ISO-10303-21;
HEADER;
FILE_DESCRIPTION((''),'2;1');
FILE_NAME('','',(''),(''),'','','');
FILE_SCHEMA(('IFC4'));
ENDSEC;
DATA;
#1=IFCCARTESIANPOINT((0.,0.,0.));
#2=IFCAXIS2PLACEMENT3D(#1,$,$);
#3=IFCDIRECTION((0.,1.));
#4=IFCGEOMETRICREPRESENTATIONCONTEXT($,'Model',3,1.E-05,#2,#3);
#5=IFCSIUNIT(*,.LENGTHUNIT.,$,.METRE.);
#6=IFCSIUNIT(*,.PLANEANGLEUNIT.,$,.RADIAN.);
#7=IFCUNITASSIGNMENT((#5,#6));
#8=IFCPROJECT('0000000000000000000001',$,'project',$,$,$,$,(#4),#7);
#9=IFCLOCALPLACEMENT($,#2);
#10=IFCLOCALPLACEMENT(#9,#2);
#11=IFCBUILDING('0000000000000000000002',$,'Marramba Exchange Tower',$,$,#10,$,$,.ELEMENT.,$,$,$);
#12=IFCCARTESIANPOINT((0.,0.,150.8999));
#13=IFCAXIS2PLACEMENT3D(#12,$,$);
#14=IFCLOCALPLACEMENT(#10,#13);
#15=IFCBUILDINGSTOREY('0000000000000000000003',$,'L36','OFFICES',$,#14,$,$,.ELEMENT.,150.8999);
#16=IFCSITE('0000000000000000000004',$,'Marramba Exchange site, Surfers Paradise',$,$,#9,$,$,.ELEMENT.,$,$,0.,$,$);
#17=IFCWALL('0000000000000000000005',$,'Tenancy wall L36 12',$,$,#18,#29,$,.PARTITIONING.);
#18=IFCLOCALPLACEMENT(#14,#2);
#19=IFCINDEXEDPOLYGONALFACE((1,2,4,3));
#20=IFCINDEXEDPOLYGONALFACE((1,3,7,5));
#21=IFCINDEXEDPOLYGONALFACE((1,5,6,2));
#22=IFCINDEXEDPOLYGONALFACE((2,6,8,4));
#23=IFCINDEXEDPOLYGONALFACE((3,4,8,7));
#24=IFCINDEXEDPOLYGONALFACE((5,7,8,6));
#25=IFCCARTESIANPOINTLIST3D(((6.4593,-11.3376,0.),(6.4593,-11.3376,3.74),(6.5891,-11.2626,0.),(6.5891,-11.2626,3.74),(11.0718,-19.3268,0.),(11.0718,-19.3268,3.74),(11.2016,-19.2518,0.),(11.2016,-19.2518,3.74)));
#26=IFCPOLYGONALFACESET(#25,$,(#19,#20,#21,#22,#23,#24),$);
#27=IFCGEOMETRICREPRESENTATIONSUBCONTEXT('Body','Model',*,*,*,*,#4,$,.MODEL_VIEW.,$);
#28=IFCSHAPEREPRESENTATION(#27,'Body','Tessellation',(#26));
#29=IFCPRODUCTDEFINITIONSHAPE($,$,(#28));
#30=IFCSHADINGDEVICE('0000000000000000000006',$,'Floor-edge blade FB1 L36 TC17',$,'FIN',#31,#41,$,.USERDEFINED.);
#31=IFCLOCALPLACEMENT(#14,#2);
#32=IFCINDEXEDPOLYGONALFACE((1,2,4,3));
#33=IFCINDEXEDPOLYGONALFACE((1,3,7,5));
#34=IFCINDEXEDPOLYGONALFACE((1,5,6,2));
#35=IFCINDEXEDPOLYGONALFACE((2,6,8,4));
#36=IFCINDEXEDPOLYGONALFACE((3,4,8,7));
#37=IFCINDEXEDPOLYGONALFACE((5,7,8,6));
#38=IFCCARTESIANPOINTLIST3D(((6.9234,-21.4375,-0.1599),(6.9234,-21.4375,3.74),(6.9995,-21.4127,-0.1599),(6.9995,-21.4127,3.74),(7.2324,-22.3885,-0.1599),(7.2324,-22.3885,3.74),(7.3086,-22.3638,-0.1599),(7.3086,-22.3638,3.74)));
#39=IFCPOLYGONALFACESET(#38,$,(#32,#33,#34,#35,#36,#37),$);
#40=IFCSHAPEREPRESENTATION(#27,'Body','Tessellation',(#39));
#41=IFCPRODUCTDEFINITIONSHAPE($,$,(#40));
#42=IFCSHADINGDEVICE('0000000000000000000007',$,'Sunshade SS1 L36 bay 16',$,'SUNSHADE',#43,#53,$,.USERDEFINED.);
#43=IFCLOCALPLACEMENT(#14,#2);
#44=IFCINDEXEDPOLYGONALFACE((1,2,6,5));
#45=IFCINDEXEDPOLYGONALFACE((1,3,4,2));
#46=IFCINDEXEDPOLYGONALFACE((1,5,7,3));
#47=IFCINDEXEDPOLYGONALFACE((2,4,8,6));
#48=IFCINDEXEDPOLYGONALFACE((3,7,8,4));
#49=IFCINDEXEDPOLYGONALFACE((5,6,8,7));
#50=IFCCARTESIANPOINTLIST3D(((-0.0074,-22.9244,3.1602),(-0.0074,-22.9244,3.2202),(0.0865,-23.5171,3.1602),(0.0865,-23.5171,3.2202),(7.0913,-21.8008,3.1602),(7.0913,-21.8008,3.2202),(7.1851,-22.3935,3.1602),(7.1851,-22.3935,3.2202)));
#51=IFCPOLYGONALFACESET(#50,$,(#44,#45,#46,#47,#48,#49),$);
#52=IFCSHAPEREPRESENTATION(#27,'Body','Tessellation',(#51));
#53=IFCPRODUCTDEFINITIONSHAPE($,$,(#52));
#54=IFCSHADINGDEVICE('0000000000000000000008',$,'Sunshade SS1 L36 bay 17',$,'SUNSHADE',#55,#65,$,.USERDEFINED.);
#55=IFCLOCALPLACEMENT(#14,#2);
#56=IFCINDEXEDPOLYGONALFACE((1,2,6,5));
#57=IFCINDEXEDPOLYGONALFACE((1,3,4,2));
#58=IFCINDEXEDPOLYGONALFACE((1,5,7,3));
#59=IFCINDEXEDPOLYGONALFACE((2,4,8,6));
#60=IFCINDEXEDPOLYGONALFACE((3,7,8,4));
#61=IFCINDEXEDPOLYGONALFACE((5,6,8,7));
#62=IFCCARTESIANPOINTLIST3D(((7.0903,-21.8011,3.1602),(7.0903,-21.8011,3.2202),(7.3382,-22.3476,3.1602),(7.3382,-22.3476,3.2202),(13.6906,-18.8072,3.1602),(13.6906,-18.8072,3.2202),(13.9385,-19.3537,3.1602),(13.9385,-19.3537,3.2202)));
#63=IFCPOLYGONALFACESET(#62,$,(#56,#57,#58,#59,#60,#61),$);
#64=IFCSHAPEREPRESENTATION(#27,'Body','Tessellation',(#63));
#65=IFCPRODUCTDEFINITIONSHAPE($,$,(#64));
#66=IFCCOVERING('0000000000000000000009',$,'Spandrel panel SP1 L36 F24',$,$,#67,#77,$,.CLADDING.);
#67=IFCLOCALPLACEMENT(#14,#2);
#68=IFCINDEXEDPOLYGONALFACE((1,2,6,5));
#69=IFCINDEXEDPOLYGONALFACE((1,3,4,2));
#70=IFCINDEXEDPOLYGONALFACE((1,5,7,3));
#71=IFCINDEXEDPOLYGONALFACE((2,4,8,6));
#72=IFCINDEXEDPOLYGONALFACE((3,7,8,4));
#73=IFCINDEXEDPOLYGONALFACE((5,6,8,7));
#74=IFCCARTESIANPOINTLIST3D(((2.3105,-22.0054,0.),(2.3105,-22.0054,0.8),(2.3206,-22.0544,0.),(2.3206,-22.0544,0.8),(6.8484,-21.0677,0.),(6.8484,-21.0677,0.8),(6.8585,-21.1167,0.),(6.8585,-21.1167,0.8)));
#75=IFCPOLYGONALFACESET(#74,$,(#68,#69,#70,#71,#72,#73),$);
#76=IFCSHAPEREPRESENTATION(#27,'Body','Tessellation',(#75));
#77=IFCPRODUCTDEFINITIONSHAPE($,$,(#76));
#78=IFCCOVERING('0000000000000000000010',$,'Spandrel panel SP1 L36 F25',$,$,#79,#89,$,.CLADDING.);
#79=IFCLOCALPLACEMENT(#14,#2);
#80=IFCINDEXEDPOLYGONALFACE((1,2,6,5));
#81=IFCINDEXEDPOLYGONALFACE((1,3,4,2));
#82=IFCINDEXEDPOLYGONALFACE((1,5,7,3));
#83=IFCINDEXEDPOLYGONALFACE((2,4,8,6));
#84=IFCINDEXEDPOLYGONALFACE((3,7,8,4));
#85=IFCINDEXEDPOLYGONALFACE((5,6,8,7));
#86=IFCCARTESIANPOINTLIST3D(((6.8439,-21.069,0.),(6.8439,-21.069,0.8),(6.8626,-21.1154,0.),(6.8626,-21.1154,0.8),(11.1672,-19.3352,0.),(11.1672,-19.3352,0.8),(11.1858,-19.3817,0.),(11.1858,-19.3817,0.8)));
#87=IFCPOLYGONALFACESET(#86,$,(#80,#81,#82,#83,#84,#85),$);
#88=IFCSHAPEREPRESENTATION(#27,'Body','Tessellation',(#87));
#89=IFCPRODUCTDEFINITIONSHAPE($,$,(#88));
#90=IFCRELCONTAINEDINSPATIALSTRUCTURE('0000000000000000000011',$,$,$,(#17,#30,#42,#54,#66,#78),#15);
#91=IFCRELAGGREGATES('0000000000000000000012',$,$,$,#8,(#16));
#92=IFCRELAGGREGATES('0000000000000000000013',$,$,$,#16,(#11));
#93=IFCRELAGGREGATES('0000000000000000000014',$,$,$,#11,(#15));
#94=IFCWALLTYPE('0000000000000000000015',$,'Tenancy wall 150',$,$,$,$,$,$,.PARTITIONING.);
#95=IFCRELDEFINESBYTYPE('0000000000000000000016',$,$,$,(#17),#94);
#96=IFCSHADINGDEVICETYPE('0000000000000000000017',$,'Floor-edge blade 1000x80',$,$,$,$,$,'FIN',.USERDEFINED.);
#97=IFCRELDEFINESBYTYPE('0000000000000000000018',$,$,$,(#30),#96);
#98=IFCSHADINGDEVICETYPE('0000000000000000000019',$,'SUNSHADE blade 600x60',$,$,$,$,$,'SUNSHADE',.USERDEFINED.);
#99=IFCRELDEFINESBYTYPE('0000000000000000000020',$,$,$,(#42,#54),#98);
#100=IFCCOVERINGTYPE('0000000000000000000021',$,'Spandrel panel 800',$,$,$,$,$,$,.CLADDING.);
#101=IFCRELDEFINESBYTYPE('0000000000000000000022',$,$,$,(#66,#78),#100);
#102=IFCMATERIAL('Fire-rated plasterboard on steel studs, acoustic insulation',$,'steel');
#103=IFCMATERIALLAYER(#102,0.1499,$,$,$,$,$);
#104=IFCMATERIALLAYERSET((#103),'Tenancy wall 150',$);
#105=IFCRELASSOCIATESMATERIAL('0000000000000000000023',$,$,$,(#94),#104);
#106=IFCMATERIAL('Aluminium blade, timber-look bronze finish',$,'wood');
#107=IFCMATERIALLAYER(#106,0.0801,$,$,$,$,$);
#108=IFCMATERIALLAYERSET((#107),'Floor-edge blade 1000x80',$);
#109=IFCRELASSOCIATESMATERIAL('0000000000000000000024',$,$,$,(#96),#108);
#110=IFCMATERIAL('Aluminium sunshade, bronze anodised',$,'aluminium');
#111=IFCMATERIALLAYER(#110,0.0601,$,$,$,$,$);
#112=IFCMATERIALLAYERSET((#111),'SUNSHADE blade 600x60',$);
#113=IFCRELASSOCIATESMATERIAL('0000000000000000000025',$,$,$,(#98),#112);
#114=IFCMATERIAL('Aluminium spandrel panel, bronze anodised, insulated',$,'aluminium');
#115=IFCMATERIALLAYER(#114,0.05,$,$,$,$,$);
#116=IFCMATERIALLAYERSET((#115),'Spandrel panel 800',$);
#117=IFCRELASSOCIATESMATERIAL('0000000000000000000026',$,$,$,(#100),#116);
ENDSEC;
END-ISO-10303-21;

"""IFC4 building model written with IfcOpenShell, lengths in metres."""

from ifc_helpers import new_model, si_unit, direction, frame, frame_2d, origin, origin_2d, place, context, subcontext, project, spatial, rectangle, extrude, material, layer, layer_set, type_object, element, save


model = new_model("IFC4")

# Units and contexts
model_context = context("Model", 3, precision=1e-05, world=origin(), true_north=direction((0.0, 1.0)))
body_context = subcontext(model_context, "Body", "Model", "MODEL_VIEW")
ifc_project = project(units=[si_unit("LENGTHUNIT", "METRE"), si_unit("PLANEANGLEUNIT", "RADIAN")], contexts=[model_context])

# Site, building, storey
site_placement = place(None, origin())
site = spatial("IfcSite", under=ifc_project, at=site_placement, Name="Marramba Exchange site, Surfers Paradise", CompositionType="ELEMENT", RefElevation=0.0)
building_placement = place(site_placement, origin())
building = spatial("IfcBuilding", under=site, at=building_placement, Name="Marramba Exchange Tower", CompositionType="ELEMENT")
storey_placement = place(building_placement, frame((0.0, 0.0, 150.8999)))
storey = spatial("IfcBuildingStorey", under=building, at=storey_placement, Name="L36", Description="OFFICES", CompositionType="ELEMENT", Elevation=150.8999)

# Wall
ifc_material_1 = material(Name="Fire-rated plasterboard on steel studs, acoustic insulation", Category="steel")
ifc_layer_1 = layer(ifc_material_1, 0.1499)
ifc_layer_set_1 = layer_set([ifc_layer_1], Name="Tenancy wall 150")
wall_type_1 = type_object("IfcWallType", Name="Tenancy wall 150", PredefinedType="PARTITIONING", material=ifc_layer_set_1)
wall_1_placement = place(storey_placement, frame((11.1367, -19.2893, 0.0), z_axis=(0.0, 0.0, 1.0), x_axis=(-0.499996, 0.866028, 0.0)))
element("IfcWall", 1, at=wall_1_placement, inside=storey, type_object=wall_type_1, Name="Tenancy wall L36 12", PredefinedType="PARTITIONING", context=body_context, shape_type="SweptSolid", body=[
    extrude(rectangle(XDim=9.2251, YDim=0.1499, at=frame_2d((4.6125, 0.0))), origin(), (0.0, 0.0, 1.0), 3.74),
])

# Shading devices
ifc_material_2 = material(Name="Aluminium blade, timber-look bronze finish", Category="wood")
ifc_layer_2 = layer(ifc_material_2, 0.0801)
ifc_layer_set_2 = layer_set([ifc_layer_2], Name="Floor-edge blade 1000x80")
shading_device_type_1 = type_object("IfcShadingDeviceType", Name="Floor-edge blade 1000x80", ElementType="FIN", PredefinedType="USERDEFINED", material=ifc_layer_set_2)
shading_device_1_placement = place(storey_placement, frame((7.116, -21.9006, -0.1599), z_axis=(0.0, 0.0, 1.0), x_axis=(0.309017, -0.951057, 0.0)))
element("IfcShadingDevice", 2, at=shading_device_1_placement, inside=storey, type_object=shading_device_type_1, Name="Floor-edge blade FB1 L36 TC17", ObjectType="FIN", PredefinedType="USERDEFINED", context=body_context, shape_type="SweptSolid", body=[
    extrude(rectangle(XDim=1.0, YDim=0.0801, at=origin_2d()), origin(), (0.0, 0.0, 1.0), 3.8999),
])
ifc_material_3 = material(Name="Aluminium sunshade, bronze anodised", Category="aluminium")
ifc_layer_3 = layer(ifc_material_3, 0.0601)
ifc_layer_set_3 = layer_set([ifc_layer_3], Name="SUNSHADE blade 600x60")
shading_device_type_2 = type_object("IfcShadingDeviceType", Name="SUNSHADE blade 600x60", ElementType="SUNSHADE", PredefinedType="USERDEFINED", material=ifc_layer_set_3)
shading_device_2_placement = place(storey_placement, frame((3.5889, -22.6589, 3.1602), z_axis=(0.0, 0.0, 1.0), x_axis=(0.987705, 0.15633, 0.0)))
element("IfcShadingDevice", 3, at=shading_device_2_placement, inside=storey, type_object=shading_device_type_2, Name="Sunshade SS1 L36 bay 16", ObjectType="SUNSHADE", PredefinedType="USERDEFINED", context=body_context, shape_type="SweptSolid", body=[
    extrude(rectangle(XDim=7.187, YDim=0.6001, at=origin_2d()), origin(), (0.0, 0.0, 1.0), 0.0601),
])
shading_device_3_placement = place(storey_placement, frame((10.5144, -20.5774, 3.1602), z_axis=(0.0, 0.0, 1.0), x_axis=(0.910692, 0.413086, 0.0)))
element("IfcShadingDevice", 4, at=shading_device_3_placement, inside=storey, type_object=shading_device_type_2, Name="Sunshade SS1 L36 bay 17", ObjectType="SUNSHADE", PredefinedType="USERDEFINED", context=body_context, shape_type="SweptSolid", body=[
    extrude(rectangle(XDim=7.2476, YDim=0.6001, at=origin_2d()), origin(), (0.0, 0.0, 1.0), 0.0601),
])

# Coverings
ifc_material_4 = material(Name="Aluminium spandrel panel, bronze anodised, insulated", Category="aluminium")
ifc_layer_4 = layer(ifc_material_4, 0.05)
ifc_layer_set_4 = layer_set([ifc_layer_4], Name="Spandrel panel 800")
covering_type = type_object("IfcCoveringType", Name="Spandrel panel 800", PredefinedType="CLADDING", material=ifc_layer_set_4)
covering_1_placement = place(storey_placement, frame((4.5845, -21.561, 0.0), z_axis=(0.0, 0.0, 1.0), x_axis=(0.97931, 0.202365, 0.0)))
element("IfcCovering", 5, at=covering_1_placement, inside=storey, type_object=covering_type, Name="Spandrel panel SP1 L36 F24", PredefinedType="CLADDING", context=body_context, shape_type="SweptSolid", body=[
    extrude(rectangle(XDim=4.6338, YDim=0.05, at=origin_2d()), origin(), (0.0, 0.0, 1.0), 0.8),
])
covering_2_placement = place(storey_placement, frame((9.0149, -20.2253, 0.0), z_axis=(0.0, 0.0, 1.0), x_axis=(0.928149, 0.372209, 0.0)))
element("IfcCovering", 6, at=covering_2_placement, inside=storey, type_object=covering_type, Name="Spandrel panel SP1 L36 F25", PredefinedType="CLADDING", context=body_context, shape_type="SweptSolid", body=[
    extrude(rectangle(XDim=4.658, YDim=0.05, at=origin_2d()), origin(), (0.0, 0.0, 1.0), 0.8),
])

save(model, "model.ifc")
